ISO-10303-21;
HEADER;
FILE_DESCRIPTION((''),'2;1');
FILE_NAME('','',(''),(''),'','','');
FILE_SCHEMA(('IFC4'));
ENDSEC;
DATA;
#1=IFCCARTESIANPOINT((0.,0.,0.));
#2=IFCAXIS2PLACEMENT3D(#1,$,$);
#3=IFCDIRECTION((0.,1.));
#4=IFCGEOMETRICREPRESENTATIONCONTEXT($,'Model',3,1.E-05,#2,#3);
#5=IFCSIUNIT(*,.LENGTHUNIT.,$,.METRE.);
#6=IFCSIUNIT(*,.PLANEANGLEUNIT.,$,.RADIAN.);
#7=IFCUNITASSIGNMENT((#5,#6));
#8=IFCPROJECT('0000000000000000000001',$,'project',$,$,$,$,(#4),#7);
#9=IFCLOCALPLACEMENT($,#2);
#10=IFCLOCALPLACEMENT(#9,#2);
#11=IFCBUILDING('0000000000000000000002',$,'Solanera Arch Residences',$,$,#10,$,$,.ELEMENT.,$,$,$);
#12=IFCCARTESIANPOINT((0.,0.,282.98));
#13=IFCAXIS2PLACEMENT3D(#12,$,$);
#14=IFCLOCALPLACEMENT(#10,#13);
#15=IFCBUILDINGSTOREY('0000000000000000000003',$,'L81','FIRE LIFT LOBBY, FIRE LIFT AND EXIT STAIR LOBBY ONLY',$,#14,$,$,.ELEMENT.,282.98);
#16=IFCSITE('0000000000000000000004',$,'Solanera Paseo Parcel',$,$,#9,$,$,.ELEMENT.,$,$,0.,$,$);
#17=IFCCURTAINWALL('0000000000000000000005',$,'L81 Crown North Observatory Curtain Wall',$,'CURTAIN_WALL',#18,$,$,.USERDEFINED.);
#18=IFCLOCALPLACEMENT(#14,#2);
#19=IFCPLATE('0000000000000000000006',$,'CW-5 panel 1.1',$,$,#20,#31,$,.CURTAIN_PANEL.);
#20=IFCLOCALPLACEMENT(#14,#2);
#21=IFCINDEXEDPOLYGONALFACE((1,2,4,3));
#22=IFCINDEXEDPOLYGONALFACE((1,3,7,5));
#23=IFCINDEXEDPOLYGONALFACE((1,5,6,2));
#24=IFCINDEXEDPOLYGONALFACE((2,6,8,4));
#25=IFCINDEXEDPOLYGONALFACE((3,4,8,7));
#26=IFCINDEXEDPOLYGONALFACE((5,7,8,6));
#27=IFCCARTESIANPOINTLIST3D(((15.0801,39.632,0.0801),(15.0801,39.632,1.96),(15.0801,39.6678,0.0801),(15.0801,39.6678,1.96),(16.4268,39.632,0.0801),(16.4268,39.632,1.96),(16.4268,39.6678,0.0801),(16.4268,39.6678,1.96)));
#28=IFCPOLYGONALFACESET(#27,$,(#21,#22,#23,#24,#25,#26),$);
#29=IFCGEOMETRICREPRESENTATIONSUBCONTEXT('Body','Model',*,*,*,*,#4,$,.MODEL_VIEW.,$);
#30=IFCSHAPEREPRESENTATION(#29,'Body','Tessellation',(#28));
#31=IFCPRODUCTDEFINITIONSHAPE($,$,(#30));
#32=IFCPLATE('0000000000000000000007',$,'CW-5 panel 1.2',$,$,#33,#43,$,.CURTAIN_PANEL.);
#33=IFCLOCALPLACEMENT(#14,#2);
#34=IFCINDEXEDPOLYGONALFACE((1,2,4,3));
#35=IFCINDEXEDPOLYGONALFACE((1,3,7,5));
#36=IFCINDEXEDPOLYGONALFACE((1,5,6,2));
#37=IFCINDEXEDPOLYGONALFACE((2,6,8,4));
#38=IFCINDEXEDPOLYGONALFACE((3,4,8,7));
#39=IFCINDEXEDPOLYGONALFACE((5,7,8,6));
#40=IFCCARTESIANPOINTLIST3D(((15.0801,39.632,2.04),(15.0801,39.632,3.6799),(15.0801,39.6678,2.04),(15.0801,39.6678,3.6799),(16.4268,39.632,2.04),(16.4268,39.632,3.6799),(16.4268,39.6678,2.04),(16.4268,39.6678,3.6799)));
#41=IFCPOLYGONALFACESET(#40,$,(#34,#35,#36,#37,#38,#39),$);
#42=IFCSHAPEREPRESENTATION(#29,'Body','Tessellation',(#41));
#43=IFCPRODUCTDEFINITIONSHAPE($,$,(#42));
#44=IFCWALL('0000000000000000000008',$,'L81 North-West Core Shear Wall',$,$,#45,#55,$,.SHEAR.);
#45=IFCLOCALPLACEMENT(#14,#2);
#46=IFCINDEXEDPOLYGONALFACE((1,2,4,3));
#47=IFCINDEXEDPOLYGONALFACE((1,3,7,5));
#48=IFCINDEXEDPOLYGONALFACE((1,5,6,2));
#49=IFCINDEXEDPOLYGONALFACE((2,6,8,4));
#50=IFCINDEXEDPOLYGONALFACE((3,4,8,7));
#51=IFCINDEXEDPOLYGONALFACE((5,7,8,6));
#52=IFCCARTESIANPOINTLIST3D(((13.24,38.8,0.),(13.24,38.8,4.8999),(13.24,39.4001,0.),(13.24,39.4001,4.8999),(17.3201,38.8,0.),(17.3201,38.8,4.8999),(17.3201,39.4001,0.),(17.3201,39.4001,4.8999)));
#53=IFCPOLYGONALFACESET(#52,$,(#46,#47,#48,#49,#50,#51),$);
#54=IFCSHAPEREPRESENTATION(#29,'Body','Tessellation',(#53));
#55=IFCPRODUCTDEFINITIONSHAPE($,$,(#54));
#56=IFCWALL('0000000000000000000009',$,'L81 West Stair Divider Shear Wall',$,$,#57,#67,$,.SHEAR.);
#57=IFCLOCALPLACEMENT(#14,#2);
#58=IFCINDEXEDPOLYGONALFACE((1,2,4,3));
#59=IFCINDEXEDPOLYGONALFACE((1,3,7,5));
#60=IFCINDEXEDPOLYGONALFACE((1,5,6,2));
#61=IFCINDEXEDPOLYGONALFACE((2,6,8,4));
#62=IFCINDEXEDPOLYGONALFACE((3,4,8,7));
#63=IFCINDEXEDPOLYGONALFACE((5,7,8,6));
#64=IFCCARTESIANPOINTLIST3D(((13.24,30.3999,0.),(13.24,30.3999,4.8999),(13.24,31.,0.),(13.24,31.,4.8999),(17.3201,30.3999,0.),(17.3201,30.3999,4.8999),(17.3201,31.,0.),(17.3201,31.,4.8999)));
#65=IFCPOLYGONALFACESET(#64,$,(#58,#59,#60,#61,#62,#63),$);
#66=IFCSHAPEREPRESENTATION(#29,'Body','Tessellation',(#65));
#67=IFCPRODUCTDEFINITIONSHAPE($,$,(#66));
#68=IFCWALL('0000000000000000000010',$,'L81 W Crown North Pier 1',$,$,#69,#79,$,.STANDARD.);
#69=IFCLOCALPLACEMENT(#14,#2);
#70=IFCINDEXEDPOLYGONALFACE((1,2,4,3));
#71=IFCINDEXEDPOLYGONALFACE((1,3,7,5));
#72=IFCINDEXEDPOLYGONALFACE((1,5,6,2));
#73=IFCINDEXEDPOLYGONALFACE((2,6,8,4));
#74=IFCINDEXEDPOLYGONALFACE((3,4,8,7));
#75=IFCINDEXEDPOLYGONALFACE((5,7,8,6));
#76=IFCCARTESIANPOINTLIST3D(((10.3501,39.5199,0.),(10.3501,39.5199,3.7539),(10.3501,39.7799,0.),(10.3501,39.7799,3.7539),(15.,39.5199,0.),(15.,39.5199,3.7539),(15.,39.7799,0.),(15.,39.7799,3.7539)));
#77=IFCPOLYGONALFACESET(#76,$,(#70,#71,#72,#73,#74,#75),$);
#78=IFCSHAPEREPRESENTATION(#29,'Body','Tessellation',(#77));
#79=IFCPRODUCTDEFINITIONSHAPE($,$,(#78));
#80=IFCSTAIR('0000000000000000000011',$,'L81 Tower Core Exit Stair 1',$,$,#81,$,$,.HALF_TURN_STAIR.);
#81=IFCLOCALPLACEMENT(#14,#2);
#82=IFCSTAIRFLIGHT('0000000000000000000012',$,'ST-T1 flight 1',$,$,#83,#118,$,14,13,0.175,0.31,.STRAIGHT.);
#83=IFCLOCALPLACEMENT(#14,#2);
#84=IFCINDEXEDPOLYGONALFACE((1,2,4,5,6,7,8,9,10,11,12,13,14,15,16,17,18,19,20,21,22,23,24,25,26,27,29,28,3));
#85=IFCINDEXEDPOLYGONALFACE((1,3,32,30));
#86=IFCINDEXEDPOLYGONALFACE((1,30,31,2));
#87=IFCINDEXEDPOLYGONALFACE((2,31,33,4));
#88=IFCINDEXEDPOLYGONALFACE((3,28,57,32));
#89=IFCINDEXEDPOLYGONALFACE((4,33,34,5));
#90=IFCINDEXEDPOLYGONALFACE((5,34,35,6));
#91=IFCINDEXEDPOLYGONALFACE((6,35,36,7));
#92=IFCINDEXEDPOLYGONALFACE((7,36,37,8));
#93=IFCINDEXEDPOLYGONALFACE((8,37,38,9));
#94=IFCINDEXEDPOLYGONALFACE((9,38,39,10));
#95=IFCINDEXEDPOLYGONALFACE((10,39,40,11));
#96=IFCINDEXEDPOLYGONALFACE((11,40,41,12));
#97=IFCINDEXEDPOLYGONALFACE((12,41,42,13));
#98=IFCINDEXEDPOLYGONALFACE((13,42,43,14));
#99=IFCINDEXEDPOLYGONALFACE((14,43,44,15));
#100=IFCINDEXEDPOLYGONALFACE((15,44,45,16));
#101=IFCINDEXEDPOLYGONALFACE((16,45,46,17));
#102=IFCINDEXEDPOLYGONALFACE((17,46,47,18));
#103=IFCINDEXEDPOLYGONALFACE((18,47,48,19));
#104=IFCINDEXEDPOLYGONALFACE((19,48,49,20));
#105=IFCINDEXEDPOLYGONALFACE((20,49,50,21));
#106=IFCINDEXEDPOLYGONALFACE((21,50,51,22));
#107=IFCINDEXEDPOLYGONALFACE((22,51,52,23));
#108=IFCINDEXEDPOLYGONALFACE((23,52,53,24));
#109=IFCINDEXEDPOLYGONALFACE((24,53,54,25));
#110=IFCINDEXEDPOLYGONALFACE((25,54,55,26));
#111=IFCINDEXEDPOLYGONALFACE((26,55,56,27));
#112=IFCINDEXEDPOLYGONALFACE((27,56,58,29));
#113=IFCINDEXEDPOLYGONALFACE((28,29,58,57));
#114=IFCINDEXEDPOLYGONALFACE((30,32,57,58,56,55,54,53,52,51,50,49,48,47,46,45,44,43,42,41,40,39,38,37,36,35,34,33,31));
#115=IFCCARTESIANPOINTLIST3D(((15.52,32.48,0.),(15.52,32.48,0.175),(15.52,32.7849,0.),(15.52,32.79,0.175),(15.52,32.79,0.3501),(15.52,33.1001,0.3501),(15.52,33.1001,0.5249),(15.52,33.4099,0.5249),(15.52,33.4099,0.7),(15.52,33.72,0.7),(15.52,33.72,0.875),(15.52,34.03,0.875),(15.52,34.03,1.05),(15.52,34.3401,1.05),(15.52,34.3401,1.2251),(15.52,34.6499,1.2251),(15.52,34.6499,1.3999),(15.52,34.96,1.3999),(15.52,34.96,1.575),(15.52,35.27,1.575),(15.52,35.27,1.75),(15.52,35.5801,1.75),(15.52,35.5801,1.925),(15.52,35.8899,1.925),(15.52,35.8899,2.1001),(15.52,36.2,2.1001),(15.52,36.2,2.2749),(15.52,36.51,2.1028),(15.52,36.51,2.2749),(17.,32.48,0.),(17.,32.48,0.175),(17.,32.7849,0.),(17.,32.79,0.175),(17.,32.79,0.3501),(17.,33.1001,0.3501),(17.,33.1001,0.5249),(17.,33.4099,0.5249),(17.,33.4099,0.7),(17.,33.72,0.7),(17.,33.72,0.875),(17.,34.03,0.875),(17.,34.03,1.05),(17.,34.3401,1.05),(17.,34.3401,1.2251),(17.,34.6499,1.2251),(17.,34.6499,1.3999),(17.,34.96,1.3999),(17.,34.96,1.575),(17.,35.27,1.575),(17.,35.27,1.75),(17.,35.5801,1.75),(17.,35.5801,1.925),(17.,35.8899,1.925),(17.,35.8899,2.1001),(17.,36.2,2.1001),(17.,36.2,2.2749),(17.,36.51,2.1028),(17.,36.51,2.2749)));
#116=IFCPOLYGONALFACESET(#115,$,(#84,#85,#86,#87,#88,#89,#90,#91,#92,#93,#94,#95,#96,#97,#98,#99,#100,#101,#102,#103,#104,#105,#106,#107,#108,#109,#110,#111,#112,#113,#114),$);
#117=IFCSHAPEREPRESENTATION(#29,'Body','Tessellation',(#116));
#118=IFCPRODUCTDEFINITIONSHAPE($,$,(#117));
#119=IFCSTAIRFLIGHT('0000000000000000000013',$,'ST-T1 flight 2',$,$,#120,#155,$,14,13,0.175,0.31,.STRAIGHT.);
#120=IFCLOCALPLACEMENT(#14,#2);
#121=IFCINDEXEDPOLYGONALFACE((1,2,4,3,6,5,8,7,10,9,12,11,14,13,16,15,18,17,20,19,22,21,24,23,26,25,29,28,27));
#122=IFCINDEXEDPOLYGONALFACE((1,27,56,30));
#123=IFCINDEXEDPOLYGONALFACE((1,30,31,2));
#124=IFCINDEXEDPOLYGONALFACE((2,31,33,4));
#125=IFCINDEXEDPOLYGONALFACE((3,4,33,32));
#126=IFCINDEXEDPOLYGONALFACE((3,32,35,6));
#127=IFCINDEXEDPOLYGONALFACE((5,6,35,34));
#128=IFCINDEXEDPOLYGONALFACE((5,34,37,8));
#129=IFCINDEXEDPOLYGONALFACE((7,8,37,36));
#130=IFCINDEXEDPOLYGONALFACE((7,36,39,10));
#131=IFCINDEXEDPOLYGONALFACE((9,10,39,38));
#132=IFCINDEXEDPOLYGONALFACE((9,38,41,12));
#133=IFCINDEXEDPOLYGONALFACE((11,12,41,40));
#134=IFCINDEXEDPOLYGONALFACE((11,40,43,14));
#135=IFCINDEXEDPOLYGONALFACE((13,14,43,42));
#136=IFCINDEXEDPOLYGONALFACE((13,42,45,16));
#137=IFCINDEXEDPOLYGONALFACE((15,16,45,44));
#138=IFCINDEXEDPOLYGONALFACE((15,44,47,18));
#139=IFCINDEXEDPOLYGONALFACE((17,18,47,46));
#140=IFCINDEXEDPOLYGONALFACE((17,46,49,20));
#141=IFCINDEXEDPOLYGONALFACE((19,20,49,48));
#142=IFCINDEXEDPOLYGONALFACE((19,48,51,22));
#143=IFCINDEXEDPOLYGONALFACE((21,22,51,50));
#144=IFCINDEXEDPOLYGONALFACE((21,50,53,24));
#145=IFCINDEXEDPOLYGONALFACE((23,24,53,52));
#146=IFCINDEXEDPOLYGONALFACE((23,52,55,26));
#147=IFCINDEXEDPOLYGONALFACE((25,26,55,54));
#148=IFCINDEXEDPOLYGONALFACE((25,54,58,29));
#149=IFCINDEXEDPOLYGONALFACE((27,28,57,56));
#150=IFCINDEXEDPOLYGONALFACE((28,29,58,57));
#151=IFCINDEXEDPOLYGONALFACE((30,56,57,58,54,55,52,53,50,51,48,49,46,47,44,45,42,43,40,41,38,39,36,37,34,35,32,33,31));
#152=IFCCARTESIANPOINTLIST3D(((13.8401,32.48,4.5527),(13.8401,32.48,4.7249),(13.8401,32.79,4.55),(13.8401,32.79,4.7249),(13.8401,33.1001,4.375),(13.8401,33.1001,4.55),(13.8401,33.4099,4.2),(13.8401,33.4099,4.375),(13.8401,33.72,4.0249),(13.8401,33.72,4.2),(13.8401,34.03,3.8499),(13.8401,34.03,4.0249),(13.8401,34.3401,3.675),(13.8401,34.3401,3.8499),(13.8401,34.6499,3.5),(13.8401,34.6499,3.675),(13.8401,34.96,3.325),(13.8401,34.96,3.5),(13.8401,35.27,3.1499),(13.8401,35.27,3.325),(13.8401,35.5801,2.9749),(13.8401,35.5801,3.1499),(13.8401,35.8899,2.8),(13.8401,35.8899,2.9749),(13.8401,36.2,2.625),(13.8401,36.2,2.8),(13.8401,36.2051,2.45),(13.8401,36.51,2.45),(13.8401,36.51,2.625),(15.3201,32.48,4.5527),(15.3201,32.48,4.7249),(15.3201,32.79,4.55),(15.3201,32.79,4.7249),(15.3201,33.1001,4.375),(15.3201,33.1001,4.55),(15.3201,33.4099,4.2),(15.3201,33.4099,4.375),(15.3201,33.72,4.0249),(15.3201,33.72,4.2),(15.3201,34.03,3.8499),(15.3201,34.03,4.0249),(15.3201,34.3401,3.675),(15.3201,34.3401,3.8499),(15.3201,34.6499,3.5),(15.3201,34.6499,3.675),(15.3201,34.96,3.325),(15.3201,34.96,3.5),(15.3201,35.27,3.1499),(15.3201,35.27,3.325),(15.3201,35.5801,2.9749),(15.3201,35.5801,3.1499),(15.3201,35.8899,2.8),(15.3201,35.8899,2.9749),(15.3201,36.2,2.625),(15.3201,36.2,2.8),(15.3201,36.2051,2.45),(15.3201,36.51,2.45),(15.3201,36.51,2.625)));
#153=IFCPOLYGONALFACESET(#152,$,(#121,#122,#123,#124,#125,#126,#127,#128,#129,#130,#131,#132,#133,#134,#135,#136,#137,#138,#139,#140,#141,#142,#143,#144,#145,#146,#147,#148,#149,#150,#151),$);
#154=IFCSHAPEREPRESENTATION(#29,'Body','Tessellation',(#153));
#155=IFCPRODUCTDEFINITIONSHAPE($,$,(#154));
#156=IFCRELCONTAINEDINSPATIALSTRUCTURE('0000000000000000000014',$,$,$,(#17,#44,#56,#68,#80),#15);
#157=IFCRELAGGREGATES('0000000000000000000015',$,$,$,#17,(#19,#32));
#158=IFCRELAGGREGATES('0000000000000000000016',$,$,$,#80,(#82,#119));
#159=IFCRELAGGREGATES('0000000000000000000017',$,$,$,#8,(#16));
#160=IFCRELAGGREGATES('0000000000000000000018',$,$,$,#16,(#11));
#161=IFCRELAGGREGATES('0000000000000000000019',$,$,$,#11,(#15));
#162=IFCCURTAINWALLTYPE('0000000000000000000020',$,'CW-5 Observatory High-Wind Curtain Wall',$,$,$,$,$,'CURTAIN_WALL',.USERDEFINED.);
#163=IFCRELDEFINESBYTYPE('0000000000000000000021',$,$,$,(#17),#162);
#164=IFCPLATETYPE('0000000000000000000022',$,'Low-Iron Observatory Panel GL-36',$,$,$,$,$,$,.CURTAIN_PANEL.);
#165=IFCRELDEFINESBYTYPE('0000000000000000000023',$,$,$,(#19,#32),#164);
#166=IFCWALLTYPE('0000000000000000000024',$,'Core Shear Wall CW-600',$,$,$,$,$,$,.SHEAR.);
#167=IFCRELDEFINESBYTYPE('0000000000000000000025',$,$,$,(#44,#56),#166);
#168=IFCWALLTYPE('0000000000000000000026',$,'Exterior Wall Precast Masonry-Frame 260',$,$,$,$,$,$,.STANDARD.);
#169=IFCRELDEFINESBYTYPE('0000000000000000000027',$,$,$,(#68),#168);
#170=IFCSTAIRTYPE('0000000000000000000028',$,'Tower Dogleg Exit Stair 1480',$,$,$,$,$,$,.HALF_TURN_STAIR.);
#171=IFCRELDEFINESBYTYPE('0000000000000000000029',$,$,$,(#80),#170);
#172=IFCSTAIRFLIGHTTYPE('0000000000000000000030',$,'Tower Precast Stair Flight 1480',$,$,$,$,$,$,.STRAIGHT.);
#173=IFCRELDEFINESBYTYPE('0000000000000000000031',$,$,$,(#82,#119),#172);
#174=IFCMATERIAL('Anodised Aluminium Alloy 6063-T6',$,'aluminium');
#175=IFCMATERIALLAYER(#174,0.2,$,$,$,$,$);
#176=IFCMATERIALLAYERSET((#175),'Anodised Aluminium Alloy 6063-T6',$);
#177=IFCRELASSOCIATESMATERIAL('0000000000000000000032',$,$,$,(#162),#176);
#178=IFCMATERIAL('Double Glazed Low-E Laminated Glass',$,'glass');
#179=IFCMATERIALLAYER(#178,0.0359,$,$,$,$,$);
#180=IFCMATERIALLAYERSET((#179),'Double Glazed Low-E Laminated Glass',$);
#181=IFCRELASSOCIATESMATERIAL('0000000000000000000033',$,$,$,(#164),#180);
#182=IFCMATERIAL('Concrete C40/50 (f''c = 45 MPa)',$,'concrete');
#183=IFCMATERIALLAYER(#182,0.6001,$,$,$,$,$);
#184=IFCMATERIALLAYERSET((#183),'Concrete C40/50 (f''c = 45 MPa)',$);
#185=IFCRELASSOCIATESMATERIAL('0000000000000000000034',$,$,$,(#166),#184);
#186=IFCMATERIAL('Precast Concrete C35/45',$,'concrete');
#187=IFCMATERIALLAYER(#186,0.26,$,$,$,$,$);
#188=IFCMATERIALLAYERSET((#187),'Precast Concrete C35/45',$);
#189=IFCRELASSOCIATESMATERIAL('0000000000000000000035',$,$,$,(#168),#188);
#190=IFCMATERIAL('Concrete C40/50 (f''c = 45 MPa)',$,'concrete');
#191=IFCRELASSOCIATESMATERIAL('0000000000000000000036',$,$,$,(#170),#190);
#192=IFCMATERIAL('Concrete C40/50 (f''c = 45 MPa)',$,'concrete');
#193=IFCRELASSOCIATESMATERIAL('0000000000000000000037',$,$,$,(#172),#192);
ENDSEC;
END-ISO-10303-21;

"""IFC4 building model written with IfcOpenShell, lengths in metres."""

from ifc_helpers import new_model, si_unit, direction, frame, frame_2d, origin, origin_2d, place, context, subcontext, project, spatial, polyline, rectangle, outline, extrude, material, layer, layer_set, type_object, element, aggregate, save


model = new_model("IFC4")

# Units and contexts
model_context = context("Model", 3, precision=1e-05, world=origin(), true_north=direction((0.0, 1.0)))
body_context = subcontext(model_context, "Body", "Model", "MODEL_VIEW")
ifc_project = project(units=[si_unit("LENGTHUNIT", "METRE"), si_unit("PLANEANGLEUNIT", "RADIAN")], contexts=[model_context])

# Site, building, storey
site_placement = place(None, origin())
site = spatial("IfcSite", under=ifc_project, at=site_placement, Name="Solanera Paseo Parcel", CompositionType="ELEMENT", RefElevation=0.0)
building_placement = place(site_placement, origin())
building = spatial("IfcBuilding", under=site, at=building_placement, Name="Solanera Arch Residences", CompositionType="ELEMENT")
storey_placement = place(building_placement, frame((0.0, 0.0, 282.98)))
storey = spatial("IfcBuildingStorey", under=building, at=storey_placement, Name="L81", Description="FIRE LIFT LOBBY, FIRE LIFT AND EXIT STAIR LOBBY ONLY", CompositionType="ELEMENT", Elevation=282.98)

# Curtain wall
ifc_material_1 = material(Name="Anodised Aluminium Alloy 6063-T6", Category="aluminium")
ifc_layer_1 = layer(ifc_material_1, 0.2)
ifc_layer_set_1 = layer_set([ifc_layer_1], Name="Anodised Aluminium Alloy 6063-T6")
curtain_wall_type = type_object("IfcCurtainWallType", Name="CW-5 Observatory High-Wind Curtain Wall", ElementType="CURTAIN_WALL", PredefinedType="USERDEFINED", material=ifc_layer_set_1)
curtain_wall_placement = place(storey_placement, origin())
curtain_wall = element("IfcCurtainWall", 1, at=curtain_wall_placement, inside=storey, type_object=curtain_wall_type, Name="L81 Crown North Observatory Curtain Wall", ObjectType="CURTAIN_WALL", PredefinedType="USERDEFINED")

# Plates
ifc_material_2 = material(Name="Double Glazed Low-E Laminated Glass", Category="glass")
ifc_layer_2 = layer(ifc_material_2, 0.0359)
ifc_layer_set_2 = layer_set([ifc_layer_2], Name="Double Glazed Low-E Laminated Glass")
plate_type = type_object("IfcPlateType", Name="Low-Iron Observatory Panel GL-36", PredefinedType="CURTAIN_PANEL", material=ifc_layer_set_2)
plate_1_placement = place(storey_placement, frame((15.7534, 39.6499, 0.0801), z_axis=(0.0, 0.0, 1.0), x_axis=(1.0, 0.0, 0.0)))
plate_1 = element("IfcPlate", 2, at=plate_1_placement, type_object=plate_type, Name="CW-5 panel 1.1", PredefinedType="CURTAIN_PANEL", context=body_context, shape_type="SweptSolid", body=[
    extrude(rectangle(XDim=1.3467, YDim=0.0359, at=origin_2d()), origin(), (0.0, 0.0, 1.0), 1.8799),
])
plate_2_placement = place(storey_placement, frame((15.7534, 39.6499, 2.04), z_axis=(0.0, 0.0, 1.0), x_axis=(1.0, 0.0, 0.0)))
plate_2 = element("IfcPlate", 3, at=plate_2_placement, type_object=plate_type, Name="CW-5 panel 1.2", PredefinedType="CURTAIN_PANEL", context=body_context, shape_type="SweptSolid", body=[
    extrude(rectangle(XDim=1.3467, YDim=0.0359, at=origin_2d()), origin(), (0.0, 0.0, 1.0), 1.6399),
])
aggregate(curtain_wall, [plate_1, plate_2])

# Walls
ifc_material_3 = material(Name="Concrete C40/50 (f'c = 45 MPa)", Category="concrete")
ifc_layer_3 = layer(ifc_material_3, 0.6001)
ifc_layer_set_3 = layer_set([ifc_layer_3], Name="Concrete C40/50 (f'c = 45 MPa)")
wall_type_1 = type_object("IfcWallType", Name="Core Shear Wall CW-600", PredefinedType="SHEAR", material=ifc_layer_set_3)
for number, where, z_axis, x_axis, name in (
    (4, (13.24, 39.1001, 0.0), (0.0, 0.0, 1.0), (1.0, 0.0, 0.0), "L81 North-West Core Shear Wall"),
    (5, (13.24, 30.7, 0.0), (0.0, 0.0, 1.0), (1.0, 0.0, 0.0), "L81 West Stair Divider Shear Wall"),
):
    element("IfcWall", number, at=place(storey_placement, frame(where, z_axis=z_axis, x_axis=x_axis)), inside=storey, type_object=wall_type_1, Name=name, PredefinedType="SHEAR", context=body_context, shape_type="SweptSolid", body=[
        extrude(rectangle(XDim=4.0801, YDim=0.6001, at=frame_2d((2.04, 0.0))), origin(), (0.0, 0.0, 1.0), 4.8999),
    ])
ifc_material_4 = material(Name="Precast Concrete C35/45", Category="concrete")
ifc_layer_4 = layer(ifc_material_4, 0.26)
ifc_layer_set_4 = layer_set([ifc_layer_4], Name="Precast Concrete C35/45")
wall_type_2 = type_object("IfcWallType", Name="Exterior Wall Precast Masonry-Frame 260", PredefinedType="STANDARD", material=ifc_layer_set_4)
wall_placement = place(storey_placement, frame((10.3501, 39.6499, 0.0), z_axis=(0.0, 0.0, 1.0), x_axis=(1.0, 0.0, 0.0)))
element("IfcWall", 6, at=wall_placement, inside=storey, type_object=wall_type_2, Name="L81 W Crown North Pier 1", PredefinedType="STANDARD", context=body_context, shape_type="SweptSolid", body=[
    extrude(rectangle(XDim=4.6499, YDim=0.26, at=frame_2d((2.325, 0.0))), origin(), (0.0, 0.0, 1.0), 3.7539),
])

# Stair, stair flights
ifc_material_5 = material(Name="Concrete C40/50 (f'c = 45 MPa)", Category="concrete")
stair_type = type_object("IfcStairType", Name="Tower Dogleg Exit Stair 1480", PredefinedType="HALF_TURN_STAIR", material=ifc_material_5)
stair_placement = place(storey_placement, origin())
stair = element("IfcStair", 7, at=stair_placement, inside=storey, type_object=stair_type, Name="L81 Tower Core Exit Stair 1", PredefinedType="HALF_TURN_STAIR")
ifc_material_6 = material(Name="Concrete C40/50 (f'c = 45 MPa)", Category="concrete")
stair_flight_type = type_object("IfcStairFlightType", Name="Tower Precast Stair Flight 1480", PredefinedType="STRAIGHT", material=ifc_material_6)
stair_flight_1_placement = place(storey_placement, frame((16.26, 32.48, 0.0), z_axis=(0.0, 0.0, 1.0), x_axis=(0.0, 1.0, 0.0)))
stair_flight_1 = element("IfcStairFlight", 8, at=stair_flight_1_placement, type_object=stair_flight_type, Name="ST-T1 flight 1", NumberOfRisers=14, NumberOfTreads=13, PredefinedType="STRAIGHT", RiserHeight=0.175, TreadLength=0.31, context=body_context, shape_type="SweptSolid", body=[
    extrude(outline(polyline([(0.0, 0.0), (0.0, 0.175), (0.3101, 0.175), (0.3101, 0.3501), (0.6201, 0.3501), (0.6201, 0.5249), (0.9299, 0.5249), (0.9299, 0.7), (1.24, 0.7), (1.24, 0.875), (1.55, 0.875), (1.55, 1.05), (1.8601, 1.05), (1.8601, 1.2251), (2.1699, 1.2251), (2.1699, 1.3999), (2.48, 1.3999), (2.48, 1.575), (2.79, 1.575), (2.79, 1.75), (3.1001, 1.75), (3.1001, 1.925), (3.4099, 1.925), (3.4099, 2.1001), (3.72, 2.1001), (3.72, 2.2749), (4.03, 2.2749), (4.03, 2.45), (4.03, 2.1028), (0.3049, 0.0), (0.0, 0.0)])), frame((0.0, 0.74, 0.0), z_axis=(0.0, -1.0, 0.0), x_axis=(1.0, 0.0, 0.0)), (0.0, 0.0, 1.0), 1.48),
])
stair_flight_2_placement = place(storey_placement, frame((14.5801, 36.51, 2.45), z_axis=(0.0, 0.0, 1.0), x_axis=(0.0, -1.0, 0.0)))
stair_flight_2 = element("IfcStairFlight", 9, at=stair_flight_2_placement, type_object=stair_flight_type, Name="ST-T1 flight 2", NumberOfRisers=14, NumberOfTreads=13, PredefinedType="STRAIGHT", RiserHeight=0.175, TreadLength=0.31, context=body_context, shape_type="SweptSolid", body=[
    extrude(outline(polyline([(0.0, 0.0), (0.0, 0.175), (0.3101, 0.175), (0.3101, 0.3501), (0.6201, 0.3501), (0.6201, 0.5249), (0.9299, 0.5249), (0.9299, 0.7), (1.24, 0.7), (1.24, 0.875), (1.55, 0.875), (1.55, 1.05), (1.8601, 1.05), (1.8601, 1.2251), (2.1699, 1.2251), (2.1699, 1.3999), (2.48, 1.3999), (2.48, 1.575), (2.79, 1.575), (2.79, 1.75), (3.1001, 1.75), (3.1001, 1.925), (3.4099, 1.925), (3.4099, 2.1001), (3.72, 2.1001), (3.72, 2.2749), (4.03, 2.2749), (4.03, 2.45), (4.03, 2.1028), (0.3049, 0.0), (0.0, 0.0)])), frame((0.0, 0.74, 0.0), z_axis=(0.0, -1.0, 0.0), x_axis=(1.0, 0.0, 0.0)), (0.0, 0.0, 1.0), 1.48),
])
aggregate(stair, [stair_flight_1, stair_flight_2])

save(model, "model.ifc")
